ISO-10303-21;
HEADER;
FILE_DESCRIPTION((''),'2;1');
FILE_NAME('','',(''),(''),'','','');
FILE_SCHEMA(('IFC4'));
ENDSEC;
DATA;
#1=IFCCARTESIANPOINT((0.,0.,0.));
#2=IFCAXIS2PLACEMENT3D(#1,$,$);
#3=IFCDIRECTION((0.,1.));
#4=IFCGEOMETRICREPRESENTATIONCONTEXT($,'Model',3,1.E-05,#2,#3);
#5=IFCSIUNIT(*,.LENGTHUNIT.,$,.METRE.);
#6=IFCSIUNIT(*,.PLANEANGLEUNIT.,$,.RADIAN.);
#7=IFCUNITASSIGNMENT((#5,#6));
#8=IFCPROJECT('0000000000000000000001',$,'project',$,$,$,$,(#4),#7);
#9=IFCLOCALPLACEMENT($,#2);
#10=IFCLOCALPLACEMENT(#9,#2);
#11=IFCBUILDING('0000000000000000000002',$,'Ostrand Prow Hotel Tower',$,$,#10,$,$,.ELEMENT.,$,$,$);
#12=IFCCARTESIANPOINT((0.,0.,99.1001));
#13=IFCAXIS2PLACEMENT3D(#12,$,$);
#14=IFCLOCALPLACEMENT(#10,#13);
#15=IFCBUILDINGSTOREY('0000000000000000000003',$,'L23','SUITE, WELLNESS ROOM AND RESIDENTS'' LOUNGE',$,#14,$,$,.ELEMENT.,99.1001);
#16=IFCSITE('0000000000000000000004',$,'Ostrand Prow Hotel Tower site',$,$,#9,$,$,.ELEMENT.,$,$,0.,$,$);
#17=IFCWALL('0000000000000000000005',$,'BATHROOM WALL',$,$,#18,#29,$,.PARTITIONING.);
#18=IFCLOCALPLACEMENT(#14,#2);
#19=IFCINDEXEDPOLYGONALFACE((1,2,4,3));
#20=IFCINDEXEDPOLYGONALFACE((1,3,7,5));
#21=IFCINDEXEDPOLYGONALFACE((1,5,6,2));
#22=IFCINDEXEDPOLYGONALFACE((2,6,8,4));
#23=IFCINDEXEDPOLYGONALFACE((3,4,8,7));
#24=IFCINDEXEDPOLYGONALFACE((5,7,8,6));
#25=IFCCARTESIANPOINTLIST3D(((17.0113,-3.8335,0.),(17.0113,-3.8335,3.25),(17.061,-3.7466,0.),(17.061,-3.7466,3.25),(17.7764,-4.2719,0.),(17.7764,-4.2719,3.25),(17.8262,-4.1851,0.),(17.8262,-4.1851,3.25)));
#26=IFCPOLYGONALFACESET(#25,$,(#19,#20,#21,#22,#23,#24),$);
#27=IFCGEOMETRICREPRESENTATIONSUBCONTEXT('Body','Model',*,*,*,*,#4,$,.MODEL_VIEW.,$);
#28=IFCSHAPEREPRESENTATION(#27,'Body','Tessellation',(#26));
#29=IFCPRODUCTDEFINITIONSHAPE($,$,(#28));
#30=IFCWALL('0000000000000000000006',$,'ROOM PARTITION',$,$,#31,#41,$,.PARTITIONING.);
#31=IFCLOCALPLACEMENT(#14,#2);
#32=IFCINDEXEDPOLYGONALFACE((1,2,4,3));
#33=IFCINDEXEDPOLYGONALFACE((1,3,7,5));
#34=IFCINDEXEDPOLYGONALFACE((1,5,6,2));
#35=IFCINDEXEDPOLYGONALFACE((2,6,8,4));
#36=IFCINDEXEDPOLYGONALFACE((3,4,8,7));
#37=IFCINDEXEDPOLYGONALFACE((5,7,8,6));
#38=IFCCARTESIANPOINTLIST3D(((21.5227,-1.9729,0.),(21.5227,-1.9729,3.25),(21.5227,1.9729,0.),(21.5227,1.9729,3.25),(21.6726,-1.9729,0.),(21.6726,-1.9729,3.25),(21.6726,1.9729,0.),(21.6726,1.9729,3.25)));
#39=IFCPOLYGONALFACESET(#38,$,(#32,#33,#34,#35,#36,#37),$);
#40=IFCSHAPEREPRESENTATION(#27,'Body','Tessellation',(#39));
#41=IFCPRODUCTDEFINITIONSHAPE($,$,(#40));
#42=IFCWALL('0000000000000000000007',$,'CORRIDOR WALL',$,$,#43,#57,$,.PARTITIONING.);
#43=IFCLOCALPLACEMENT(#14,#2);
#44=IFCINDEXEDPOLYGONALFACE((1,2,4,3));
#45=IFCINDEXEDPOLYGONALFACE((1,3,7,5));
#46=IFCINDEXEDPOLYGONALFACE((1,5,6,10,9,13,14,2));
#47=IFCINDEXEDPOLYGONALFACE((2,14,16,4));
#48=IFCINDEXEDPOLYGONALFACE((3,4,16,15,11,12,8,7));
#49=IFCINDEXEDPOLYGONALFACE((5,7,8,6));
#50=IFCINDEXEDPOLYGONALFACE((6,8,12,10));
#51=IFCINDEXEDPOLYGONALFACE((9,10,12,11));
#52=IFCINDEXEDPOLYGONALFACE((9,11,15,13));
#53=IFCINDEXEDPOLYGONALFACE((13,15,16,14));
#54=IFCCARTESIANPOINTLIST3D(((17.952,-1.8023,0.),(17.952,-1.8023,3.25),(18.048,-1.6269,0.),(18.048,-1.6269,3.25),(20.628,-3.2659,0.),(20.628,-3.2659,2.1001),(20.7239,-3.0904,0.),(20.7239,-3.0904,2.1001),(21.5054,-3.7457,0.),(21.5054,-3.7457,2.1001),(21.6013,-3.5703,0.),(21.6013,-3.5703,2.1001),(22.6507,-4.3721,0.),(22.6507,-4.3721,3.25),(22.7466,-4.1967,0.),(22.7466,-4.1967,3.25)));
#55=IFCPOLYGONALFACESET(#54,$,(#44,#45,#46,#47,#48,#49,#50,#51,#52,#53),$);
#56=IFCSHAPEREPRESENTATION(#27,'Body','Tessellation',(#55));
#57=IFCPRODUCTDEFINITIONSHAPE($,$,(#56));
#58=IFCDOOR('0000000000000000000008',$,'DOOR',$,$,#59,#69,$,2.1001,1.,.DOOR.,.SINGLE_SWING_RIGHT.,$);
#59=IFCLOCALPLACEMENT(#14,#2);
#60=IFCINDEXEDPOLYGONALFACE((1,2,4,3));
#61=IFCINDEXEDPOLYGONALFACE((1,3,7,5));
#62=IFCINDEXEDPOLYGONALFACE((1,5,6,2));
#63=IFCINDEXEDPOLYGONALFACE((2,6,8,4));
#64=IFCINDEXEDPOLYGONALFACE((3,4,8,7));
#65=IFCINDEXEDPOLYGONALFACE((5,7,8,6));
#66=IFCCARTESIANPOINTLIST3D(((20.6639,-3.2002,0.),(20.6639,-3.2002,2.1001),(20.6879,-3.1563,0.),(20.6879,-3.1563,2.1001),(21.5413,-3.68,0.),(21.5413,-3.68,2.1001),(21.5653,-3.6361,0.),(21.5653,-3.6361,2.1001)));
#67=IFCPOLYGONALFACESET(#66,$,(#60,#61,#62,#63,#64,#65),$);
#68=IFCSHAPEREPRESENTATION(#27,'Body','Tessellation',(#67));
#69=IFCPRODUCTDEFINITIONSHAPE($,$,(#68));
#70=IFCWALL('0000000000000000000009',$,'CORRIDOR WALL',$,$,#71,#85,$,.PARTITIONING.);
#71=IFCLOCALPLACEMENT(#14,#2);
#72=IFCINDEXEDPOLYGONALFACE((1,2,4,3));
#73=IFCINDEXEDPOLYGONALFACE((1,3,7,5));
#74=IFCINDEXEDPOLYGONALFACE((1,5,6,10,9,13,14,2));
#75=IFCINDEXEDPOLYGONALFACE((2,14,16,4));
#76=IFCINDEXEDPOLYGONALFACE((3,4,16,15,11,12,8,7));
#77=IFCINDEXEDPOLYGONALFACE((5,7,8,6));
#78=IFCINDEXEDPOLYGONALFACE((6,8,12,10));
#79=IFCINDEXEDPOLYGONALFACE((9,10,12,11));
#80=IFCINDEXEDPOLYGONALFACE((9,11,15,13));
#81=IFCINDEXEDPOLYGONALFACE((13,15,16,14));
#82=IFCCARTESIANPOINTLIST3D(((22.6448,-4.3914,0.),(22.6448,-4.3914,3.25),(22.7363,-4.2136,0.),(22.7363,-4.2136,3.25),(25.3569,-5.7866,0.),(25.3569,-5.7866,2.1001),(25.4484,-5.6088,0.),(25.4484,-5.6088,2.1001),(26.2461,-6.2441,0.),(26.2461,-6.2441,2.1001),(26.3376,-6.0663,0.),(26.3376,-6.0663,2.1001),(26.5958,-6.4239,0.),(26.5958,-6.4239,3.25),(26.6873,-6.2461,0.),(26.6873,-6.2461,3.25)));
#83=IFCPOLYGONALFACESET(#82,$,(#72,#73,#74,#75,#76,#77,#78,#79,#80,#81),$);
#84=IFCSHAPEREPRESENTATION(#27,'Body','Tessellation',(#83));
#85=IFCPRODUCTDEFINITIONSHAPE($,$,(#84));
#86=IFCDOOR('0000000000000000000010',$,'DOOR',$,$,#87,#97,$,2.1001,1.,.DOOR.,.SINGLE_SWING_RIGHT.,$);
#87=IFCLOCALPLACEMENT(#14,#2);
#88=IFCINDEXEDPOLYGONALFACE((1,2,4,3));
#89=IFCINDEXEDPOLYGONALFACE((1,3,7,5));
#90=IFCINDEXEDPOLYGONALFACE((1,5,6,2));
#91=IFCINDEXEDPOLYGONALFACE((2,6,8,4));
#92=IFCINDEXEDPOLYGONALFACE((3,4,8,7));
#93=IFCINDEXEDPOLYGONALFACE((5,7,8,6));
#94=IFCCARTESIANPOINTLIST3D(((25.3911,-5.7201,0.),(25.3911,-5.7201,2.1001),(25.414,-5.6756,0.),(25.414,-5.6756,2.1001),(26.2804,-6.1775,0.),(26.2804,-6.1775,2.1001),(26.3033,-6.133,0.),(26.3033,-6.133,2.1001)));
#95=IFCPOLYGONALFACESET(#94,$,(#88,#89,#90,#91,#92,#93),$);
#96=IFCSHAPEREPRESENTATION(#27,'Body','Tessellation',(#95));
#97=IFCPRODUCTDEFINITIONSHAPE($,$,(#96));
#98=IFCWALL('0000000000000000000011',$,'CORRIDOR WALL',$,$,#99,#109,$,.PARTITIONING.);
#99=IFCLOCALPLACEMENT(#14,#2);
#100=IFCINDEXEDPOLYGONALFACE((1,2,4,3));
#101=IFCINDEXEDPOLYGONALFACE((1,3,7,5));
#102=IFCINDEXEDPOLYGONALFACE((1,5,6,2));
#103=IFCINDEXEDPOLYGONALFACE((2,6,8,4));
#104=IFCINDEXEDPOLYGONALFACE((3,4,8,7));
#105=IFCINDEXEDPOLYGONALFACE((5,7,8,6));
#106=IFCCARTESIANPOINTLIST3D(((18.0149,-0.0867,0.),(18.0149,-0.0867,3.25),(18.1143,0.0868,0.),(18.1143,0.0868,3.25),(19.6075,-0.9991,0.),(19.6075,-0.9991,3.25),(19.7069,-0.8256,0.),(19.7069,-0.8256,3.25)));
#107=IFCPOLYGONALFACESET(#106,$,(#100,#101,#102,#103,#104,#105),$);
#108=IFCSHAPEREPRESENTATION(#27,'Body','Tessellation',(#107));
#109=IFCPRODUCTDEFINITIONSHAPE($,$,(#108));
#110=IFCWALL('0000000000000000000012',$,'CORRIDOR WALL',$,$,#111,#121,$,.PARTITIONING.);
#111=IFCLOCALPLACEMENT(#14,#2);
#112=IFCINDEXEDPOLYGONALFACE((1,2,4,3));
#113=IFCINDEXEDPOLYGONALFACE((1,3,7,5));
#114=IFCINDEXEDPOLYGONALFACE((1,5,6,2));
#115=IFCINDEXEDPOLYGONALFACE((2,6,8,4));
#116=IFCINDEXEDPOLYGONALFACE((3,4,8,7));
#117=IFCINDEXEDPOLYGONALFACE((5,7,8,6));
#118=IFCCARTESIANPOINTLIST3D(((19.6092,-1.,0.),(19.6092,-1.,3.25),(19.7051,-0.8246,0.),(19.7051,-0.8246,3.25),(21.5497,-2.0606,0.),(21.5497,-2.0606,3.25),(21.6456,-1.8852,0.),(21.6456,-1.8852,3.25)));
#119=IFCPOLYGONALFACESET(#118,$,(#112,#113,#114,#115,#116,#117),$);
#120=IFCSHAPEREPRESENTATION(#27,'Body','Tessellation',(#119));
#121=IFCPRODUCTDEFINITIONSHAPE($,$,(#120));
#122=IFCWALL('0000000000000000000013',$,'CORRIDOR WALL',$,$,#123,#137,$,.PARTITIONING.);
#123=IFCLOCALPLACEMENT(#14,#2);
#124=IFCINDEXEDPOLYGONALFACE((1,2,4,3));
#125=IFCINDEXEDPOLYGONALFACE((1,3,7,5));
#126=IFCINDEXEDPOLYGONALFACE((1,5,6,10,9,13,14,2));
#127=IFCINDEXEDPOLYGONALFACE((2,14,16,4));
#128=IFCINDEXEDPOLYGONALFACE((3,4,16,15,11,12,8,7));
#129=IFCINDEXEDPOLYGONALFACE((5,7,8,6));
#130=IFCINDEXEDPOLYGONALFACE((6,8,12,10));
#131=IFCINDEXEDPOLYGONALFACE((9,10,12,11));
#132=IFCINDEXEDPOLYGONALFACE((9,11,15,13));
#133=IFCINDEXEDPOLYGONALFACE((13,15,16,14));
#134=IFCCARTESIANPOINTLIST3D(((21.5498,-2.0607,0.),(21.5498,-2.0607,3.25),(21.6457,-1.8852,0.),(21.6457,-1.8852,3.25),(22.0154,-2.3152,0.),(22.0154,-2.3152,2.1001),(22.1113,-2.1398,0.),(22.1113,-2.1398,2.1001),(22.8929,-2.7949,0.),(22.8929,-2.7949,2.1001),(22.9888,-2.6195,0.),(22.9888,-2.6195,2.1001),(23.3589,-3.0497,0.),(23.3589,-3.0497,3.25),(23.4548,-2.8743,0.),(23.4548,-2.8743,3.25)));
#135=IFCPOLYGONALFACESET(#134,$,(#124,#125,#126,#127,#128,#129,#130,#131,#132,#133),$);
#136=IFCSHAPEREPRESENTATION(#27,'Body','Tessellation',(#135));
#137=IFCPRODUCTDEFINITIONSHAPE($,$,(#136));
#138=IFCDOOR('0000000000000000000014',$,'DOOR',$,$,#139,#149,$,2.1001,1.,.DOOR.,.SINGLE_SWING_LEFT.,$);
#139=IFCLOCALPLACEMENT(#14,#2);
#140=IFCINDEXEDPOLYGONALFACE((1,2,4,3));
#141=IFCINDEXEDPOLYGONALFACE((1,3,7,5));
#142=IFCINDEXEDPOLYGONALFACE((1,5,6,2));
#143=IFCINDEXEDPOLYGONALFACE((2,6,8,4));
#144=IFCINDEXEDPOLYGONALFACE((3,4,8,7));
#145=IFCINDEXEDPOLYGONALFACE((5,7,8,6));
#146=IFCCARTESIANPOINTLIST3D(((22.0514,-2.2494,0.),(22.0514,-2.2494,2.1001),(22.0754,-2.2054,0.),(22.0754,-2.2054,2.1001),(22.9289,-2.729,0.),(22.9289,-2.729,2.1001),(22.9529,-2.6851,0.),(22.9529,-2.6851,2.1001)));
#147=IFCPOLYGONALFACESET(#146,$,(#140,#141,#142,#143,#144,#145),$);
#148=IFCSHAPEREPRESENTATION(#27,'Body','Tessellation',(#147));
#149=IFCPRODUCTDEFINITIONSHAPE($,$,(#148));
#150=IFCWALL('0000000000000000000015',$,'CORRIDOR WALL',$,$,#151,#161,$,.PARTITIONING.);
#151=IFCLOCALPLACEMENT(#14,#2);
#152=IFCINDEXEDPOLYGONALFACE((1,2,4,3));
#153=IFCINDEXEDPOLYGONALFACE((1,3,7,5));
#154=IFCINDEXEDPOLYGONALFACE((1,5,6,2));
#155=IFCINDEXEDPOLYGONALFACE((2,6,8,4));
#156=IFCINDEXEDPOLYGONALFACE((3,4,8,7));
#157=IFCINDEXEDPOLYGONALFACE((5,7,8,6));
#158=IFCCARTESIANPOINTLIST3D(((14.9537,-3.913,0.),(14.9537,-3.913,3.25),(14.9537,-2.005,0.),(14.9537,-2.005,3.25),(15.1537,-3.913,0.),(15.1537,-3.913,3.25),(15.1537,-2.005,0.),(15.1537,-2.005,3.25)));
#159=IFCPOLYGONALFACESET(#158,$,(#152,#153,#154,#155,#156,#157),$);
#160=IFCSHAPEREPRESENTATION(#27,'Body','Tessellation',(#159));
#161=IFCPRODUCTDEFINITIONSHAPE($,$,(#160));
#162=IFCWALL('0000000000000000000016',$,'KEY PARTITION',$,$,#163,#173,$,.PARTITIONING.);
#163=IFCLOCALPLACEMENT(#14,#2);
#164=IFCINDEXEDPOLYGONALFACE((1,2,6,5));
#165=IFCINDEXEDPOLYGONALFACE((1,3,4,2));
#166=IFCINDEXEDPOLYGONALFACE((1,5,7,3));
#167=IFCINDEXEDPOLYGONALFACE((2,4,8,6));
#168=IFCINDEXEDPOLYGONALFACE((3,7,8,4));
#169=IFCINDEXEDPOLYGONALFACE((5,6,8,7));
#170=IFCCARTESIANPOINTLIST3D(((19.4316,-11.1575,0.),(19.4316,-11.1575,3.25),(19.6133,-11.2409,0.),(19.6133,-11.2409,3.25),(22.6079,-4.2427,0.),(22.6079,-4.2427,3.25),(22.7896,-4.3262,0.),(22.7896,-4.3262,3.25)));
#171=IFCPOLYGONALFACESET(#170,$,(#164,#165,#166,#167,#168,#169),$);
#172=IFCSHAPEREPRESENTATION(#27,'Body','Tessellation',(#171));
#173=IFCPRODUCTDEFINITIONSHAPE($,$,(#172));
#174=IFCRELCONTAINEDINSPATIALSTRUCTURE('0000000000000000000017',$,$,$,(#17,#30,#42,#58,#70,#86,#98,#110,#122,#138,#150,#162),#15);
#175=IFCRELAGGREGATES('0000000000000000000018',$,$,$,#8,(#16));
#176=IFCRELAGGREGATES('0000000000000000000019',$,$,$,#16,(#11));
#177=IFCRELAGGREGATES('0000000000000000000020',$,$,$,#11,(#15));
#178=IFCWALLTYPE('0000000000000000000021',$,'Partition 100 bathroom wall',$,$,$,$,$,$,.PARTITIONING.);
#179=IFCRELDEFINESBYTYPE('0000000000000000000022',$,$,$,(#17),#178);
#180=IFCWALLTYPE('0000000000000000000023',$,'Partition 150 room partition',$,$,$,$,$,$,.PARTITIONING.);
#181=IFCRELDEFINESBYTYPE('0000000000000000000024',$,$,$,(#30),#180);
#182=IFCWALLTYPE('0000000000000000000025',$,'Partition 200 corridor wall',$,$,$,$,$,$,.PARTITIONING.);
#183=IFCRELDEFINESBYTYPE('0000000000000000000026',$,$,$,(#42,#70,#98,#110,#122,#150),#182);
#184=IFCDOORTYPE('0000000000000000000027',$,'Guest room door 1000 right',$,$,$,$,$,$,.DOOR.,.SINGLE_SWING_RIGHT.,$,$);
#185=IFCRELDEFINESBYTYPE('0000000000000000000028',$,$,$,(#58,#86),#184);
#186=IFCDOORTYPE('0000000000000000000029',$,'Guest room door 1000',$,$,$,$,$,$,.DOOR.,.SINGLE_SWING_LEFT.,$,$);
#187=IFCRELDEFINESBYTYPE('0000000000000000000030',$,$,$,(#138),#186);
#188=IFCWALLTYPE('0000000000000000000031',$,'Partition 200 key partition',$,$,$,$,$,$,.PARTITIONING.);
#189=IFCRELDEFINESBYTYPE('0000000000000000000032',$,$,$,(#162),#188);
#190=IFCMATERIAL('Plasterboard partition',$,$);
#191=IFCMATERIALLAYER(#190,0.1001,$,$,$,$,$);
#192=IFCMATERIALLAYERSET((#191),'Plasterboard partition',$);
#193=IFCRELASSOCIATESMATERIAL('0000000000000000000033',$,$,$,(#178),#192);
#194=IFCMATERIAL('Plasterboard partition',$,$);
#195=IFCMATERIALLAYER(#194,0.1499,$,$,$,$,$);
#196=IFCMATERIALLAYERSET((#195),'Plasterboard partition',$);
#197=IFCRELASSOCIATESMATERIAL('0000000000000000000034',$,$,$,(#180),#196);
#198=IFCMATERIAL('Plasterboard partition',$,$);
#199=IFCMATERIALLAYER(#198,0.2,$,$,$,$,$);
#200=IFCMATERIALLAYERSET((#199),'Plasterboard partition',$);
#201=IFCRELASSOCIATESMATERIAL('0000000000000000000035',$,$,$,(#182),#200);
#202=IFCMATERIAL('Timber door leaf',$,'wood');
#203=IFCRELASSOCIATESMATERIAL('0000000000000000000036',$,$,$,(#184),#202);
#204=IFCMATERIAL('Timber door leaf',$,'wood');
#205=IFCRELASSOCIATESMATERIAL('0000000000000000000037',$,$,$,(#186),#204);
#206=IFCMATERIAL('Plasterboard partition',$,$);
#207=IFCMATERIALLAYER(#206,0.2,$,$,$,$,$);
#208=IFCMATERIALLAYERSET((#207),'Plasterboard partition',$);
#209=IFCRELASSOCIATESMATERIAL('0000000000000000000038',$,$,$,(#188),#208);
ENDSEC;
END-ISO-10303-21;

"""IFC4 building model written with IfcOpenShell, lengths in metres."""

from ifc_helpers import new_model, si_unit, direction, frame, frame_2d, origin, place, context, subcontext, project, spatial, rectangle, extrude, material, layer, layer_set, type_object, element, fill, save


model = new_model("IFC4")

# Units and contexts
model_context = context("Model", 3, precision=1e-05, world=origin(), true_north=direction((0.0, 1.0)))
body_context = subcontext(model_context, "Body", "Model", "MODEL_VIEW")
ifc_project = project(units=[si_unit("LENGTHUNIT", "METRE"), si_unit("PLANEANGLEUNIT", "RADIAN")], contexts=[model_context])

# Site, building, storey
site_placement = place(None, origin())
site = spatial("IfcSite", under=ifc_project, at=site_placement, Name="Ostrand Prow Hotel Tower site", CompositionType="ELEMENT", RefElevation=0.0)
building_placement = place(site_placement, origin())
building = spatial("IfcBuilding", under=site, at=building_placement, Name="Ostrand Prow Hotel Tower", CompositionType="ELEMENT")
storey_placement = place(building_placement, frame((0.0, 0.0, 99.1001)))
storey = spatial("IfcBuildingStorey", under=building, at=storey_placement, Name="L23", Description="SUITE, WELLNESS ROOM AND RESIDENTS' LOUNGE", CompositionType="ELEMENT", Elevation=99.1001)

# Shared definitions
ifc_material_1 = material(Name="Plasterboard partition")
ifc_layer_1 = layer(ifc_material_1, 0.1001)
ifc_layer_set_1 = layer_set([ifc_layer_1], Name="Plasterboard partition")
wall_type_1 = type_object("IfcWallType", Name="Partition 100 bathroom wall", PredefinedType="PARTITIONING", material=ifc_layer_set_1)

# Walls
wall_1_placement = place(storey_placement, frame((17.8013, -4.2285, 0.0), z_axis=(0.0, 0.0, 1.0), x_axis=(-0.867629, 0.497212, 0.0)))
element("IfcWall", 1, at=wall_1_placement, inside=storey, type_object=wall_type_1, Name="BATHROOM WALL", PredefinedType="PARTITIONING", context=body_context, shape_type="SweptSolid", body=[
    extrude(rectangle(XDim=0.8818, YDim=0.1001, at=frame_2d((0.4409, 0.0))), origin(), (0.0, 0.0, 1.0), 3.25),
])
ifc_material_2 = material(Name="Plasterboard partition")
ifc_layer_2 = layer(ifc_material_2, 0.1499)
ifc_layer_set_2 = layer_set([ifc_layer_2], Name="Plasterboard partition")
wall_type_2 = type_object("IfcWallType", Name="Partition 150 room partition", PredefinedType="PARTITIONING", material=ifc_layer_set_2)
wall_2_placement = place(storey_placement, frame((21.5977, -1.9729, 0.0), z_axis=(0.0, 0.0, 1.0), x_axis=(0.0, 1.0, 0.0)))
element("IfcWall", 2, at=wall_2_placement, inside=storey, type_object=wall_type_2, Name="ROOM PARTITION", PredefinedType="PARTITIONING", context=body_context, shape_type="SweptSolid", body=[
    extrude(rectangle(XDim=3.9458, YDim=0.1499, at=frame_2d((1.9729, 0.0))), origin(), (0.0, 0.0, 1.0), 3.25),
])

# Walls, openings, doors
ifc_material_3 = material(Name="Plasterboard partition")
ifc_layer_3 = layer(ifc_material_3, 0.2)
ifc_layer_set_3 = layer_set([ifc_layer_3], Name="Plasterboard partition")
wall_type_3 = type_object("IfcWallType", Name="Partition 200 corridor wall", PredefinedType="PARTITIONING", material=ifc_layer_set_3)
wall_3_placement = place(storey_placement, frame((18.0, -1.7146, 0.0), z_axis=(0.0, 0.0, 1.0), x_axis=(0.877355, -0.479842, 0.0)))
wall_3 = element("IfcWall", 3, at=wall_3_placement, inside=storey, type_object=wall_type_3, Name="CORRIDOR WALL", PredefinedType="PARTITIONING", context=body_context, shape_type="SweptSolid", body=[
    extrude(rectangle(XDim=5.3555, YDim=0.2, at=frame_2d((2.6777, 0.0))), origin(), (0.0, 0.0, 1.0), 3.25),
])
opening_1_placement = place(wall_3_placement, frame((3.05, 0.0, 0.0)))
opening_1 = element("IfcOpeningElement", 4, at=opening_1_placement, cuts=wall_3, PredefinedType="OPENING", context=body_context, shape_type="SweptSolid", body=[
    extrude(rectangle(XDim=1.0, YDim=2.1001, at=frame_2d((0.5, 1.05))), frame((0.0, 0.1099, 0.0), z_axis=(0.0, -1.0, 0.0), x_axis=(1.0, 0.0, 0.0)), (0.0, 0.0, 1.0), 0.22),
])
ifc_material_4 = material(Name="Timber door leaf", Category="wood")
door_type_1 = type_object("IfcDoorType", Name="Guest room door 1000 right", OperationType="SINGLE_SWING_RIGHT", PredefinedType="DOOR", material=ifc_material_4)
door_1_placement = place(opening_1_placement, origin())
door_1 = element("IfcDoor", 5, at=door_1_placement, inside=storey, type_object=door_type_1, Name="DOOR", OperationType="SINGLE_SWING_RIGHT", OverallHeight=2.1001, OverallWidth=1.0, PredefinedType="DOOR", context=body_context, shape_type="SweptSolid", body=[
    extrude(rectangle(XDim=1.0, YDim=2.1001, at=frame_2d((0.5, 1.05))), frame((0.0, 0.0249, 0.0), z_axis=(0.0, -1.0, 0.0), x_axis=(1.0, 0.0, 0.0)), (0.0, 0.0, 1.0), 0.05),
])
fill(opening_1, door_1)
wall_4_placement = place(storey_placement, frame((22.6904, -4.3025, 0.0), z_axis=(0.0, 0.0, 1.0), x_axis=(0.889236, -0.457449, 0.0)))
wall_4 = element("IfcWall", 6, at=wall_4_placement, inside=storey, type_object=wall_type_3, Name="CORRIDOR WALL", PredefinedType="PARTITIONING", context=body_context, shape_type="SweptSolid", body=[
    extrude(rectangle(XDim=4.4431, YDim=0.2, at=frame_2d((2.2217, 0.0))), origin(), (0.0, 0.0, 1.0), 3.25),
])
opening_2_placement = place(wall_4_placement, frame((3.05, 0.0, 0.0)))
opening_2 = element("IfcOpeningElement", 7, at=opening_2_placement, cuts=wall_4, PredefinedType="OPENING", context=body_context, shape_type="SweptSolid", body=[
    extrude(rectangle(XDim=1.0, YDim=2.1001, at=frame_2d((0.5, 1.05))), frame((0.0, 0.1099, 0.0), z_axis=(0.0, -1.0, 0.0), x_axis=(1.0, 0.0, 0.0)), (0.0, 0.0, 1.0), 0.22),
])
door_2_placement = place(opening_2_placement, origin())
door_2 = element("IfcDoor", 8, at=door_2_placement, inside=storey, type_object=door_type_1, Name="DOOR", OperationType="SINGLE_SWING_RIGHT", OverallHeight=2.1001, OverallWidth=1.0, PredefinedType="DOOR", context=body_context, shape_type="SweptSolid", body=[
    extrude(rectangle(XDim=1.0, YDim=2.1001, at=frame_2d((0.5, 1.05))), frame((0.0, 0.0249, 0.0), z_axis=(0.0, -1.0, 0.0), x_axis=(1.0, 0.0, 0.0)), (0.0, 0.0, 1.0), 0.05),
])
fill(opening_2, door_2)

# Walls
wall_5_placement = place(storey_placement, frame((19.6572, -0.9124, 0.0), z_axis=(0.0, 0.0, 1.0), x_axis=(-0.867694, 0.497098, 0.0)))
element("IfcWall", 9, at=wall_5_placement, inside=storey, type_object=wall_type_3, Name="CORRIDOR WALL", PredefinedType="PARTITIONING", context=body_context, shape_type="SweptSolid", body=[
    extrude(rectangle(XDim=1.8354, YDim=0.2, at=frame_2d((0.9177, 0.0))), origin(), (0.0, 0.0, 1.0), 3.25),
])
wall_6_placement = place(storey_placement, frame((21.5977, -1.9729, 0.0), z_axis=(0.0, 0.0, 1.0), x_axis=(-0.87749, 0.479595, 0.0)))
element("IfcWall", 10, at=wall_6_placement, inside=storey, type_object=wall_type_3, Name="CORRIDOR WALL", PredefinedType="PARTITIONING", context=body_context, shape_type="SweptSolid", body=[
    extrude(rectangle(XDim=2.2114, YDim=0.2, at=frame_2d((1.1057, 0.0))), origin(), (0.0, 0.0, 1.0), 3.25),
])

# Wall, opening, door
wall_7_placement = place(storey_placement, frame((23.4067, -2.9619, 0.0), z_axis=(0.0, 0.0, 1.0), x_axis=(-0.877438, 0.47969, 0.0)))
wall_7 = element("IfcWall", 11, at=wall_7_placement, inside=storey, type_object=wall_type_3, Name="CORRIDOR WALL", PredefinedType="PARTITIONING", context=body_context, shape_type="SweptSolid", body=[
    extrude(rectangle(XDim=2.0618, YDim=0.2, at=frame_2d((1.0308, 0.0))), origin(), (0.0, 0.0, 1.0), 3.25),
])
opening_3_placement = place(wall_7_placement, frame((0.531, 0.0, 0.0)))
opening_3 = element("IfcOpeningElement", 12, at=opening_3_placement, cuts=wall_7, PredefinedType="OPENING", context=body_context, shape_type="SweptSolid", body=[
    extrude(rectangle(XDim=1.0, YDim=2.1001, at=frame_2d((0.5, 1.05))), frame((0.0, 0.1099, 0.0), z_axis=(0.0, -1.0, 0.0), x_axis=(1.0, 0.0, 0.0)), (0.0, 0.0, 1.0), 0.22),
])
ifc_material_5 = material(Name="Timber door leaf", Category="wood")
door_type_2 = type_object("IfcDoorType", Name="Guest room door 1000", OperationType="SINGLE_SWING_LEFT", PredefinedType="DOOR", material=ifc_material_5)
door_3_placement = place(opening_3_placement, origin())
door_3 = element("IfcDoor", 13, at=door_3_placement, inside=storey, type_object=door_type_2, Name="DOOR", OperationType="SINGLE_SWING_LEFT", OverallHeight=2.1001, OverallWidth=1.0, PredefinedType="DOOR", context=body_context, shape_type="SweptSolid", body=[
    extrude(rectangle(XDim=1.0, YDim=2.1001, at=frame_2d((0.5, 1.05))), frame((0.0, 0.0249, 0.0), z_axis=(0.0, -1.0, 0.0), x_axis=(1.0, 0.0, 0.0)), (0.0, 0.0, 1.0), 0.05),
])
fill(opening_3, door_3)

# Walls
wall_8_placement = place(storey_placement, frame((15.0537, -2.0049, 0.0), z_axis=(0.0, 0.0, 1.0), x_axis=(0.0, -1.0, 0.0)))
element("IfcWall", 14, at=wall_8_placement, inside=storey, type_object=wall_type_3, Name="CORRIDOR WALL", PredefinedType="PARTITIONING", context=body_context, shape_type="SweptSolid", body=[
    extrude(rectangle(XDim=1.908, YDim=0.2, at=frame_2d((0.9541, 0.0))), origin(), (0.0, 0.0, 1.0), 3.25),
])
ifc_material_6 = material(Name="Plasterboard partition")
ifc_layer_4 = layer(ifc_material_6, 0.2)
ifc_layer_set_4 = layer_set([ifc_layer_4], Name="Plasterboard partition")
wall_type_4 = type_object("IfcWallType", Name="Partition 200 key partition", PredefinedType="PARTITIONING", material=ifc_layer_set_4)
wall_9_placement = place(storey_placement, frame((19.5225, -11.1992, 0.0), z_axis=(0.0, 0.0, 1.0), x_axis=(0.417414, 0.908717, 0.0)))
element("IfcWall", 15, at=wall_9_placement, inside=storey, type_object=wall_type_4, Name="KEY PARTITION", PredefinedType="PARTITIONING", context=body_context, shape_type="SweptSolid", body=[
    extrude(rectangle(XDim=7.6094, YDim=0.2, at=frame_2d((3.8047, 0.0))), origin(), (0.0, 0.0, 1.0), 3.25),
])

save(model, "model.ifc")
